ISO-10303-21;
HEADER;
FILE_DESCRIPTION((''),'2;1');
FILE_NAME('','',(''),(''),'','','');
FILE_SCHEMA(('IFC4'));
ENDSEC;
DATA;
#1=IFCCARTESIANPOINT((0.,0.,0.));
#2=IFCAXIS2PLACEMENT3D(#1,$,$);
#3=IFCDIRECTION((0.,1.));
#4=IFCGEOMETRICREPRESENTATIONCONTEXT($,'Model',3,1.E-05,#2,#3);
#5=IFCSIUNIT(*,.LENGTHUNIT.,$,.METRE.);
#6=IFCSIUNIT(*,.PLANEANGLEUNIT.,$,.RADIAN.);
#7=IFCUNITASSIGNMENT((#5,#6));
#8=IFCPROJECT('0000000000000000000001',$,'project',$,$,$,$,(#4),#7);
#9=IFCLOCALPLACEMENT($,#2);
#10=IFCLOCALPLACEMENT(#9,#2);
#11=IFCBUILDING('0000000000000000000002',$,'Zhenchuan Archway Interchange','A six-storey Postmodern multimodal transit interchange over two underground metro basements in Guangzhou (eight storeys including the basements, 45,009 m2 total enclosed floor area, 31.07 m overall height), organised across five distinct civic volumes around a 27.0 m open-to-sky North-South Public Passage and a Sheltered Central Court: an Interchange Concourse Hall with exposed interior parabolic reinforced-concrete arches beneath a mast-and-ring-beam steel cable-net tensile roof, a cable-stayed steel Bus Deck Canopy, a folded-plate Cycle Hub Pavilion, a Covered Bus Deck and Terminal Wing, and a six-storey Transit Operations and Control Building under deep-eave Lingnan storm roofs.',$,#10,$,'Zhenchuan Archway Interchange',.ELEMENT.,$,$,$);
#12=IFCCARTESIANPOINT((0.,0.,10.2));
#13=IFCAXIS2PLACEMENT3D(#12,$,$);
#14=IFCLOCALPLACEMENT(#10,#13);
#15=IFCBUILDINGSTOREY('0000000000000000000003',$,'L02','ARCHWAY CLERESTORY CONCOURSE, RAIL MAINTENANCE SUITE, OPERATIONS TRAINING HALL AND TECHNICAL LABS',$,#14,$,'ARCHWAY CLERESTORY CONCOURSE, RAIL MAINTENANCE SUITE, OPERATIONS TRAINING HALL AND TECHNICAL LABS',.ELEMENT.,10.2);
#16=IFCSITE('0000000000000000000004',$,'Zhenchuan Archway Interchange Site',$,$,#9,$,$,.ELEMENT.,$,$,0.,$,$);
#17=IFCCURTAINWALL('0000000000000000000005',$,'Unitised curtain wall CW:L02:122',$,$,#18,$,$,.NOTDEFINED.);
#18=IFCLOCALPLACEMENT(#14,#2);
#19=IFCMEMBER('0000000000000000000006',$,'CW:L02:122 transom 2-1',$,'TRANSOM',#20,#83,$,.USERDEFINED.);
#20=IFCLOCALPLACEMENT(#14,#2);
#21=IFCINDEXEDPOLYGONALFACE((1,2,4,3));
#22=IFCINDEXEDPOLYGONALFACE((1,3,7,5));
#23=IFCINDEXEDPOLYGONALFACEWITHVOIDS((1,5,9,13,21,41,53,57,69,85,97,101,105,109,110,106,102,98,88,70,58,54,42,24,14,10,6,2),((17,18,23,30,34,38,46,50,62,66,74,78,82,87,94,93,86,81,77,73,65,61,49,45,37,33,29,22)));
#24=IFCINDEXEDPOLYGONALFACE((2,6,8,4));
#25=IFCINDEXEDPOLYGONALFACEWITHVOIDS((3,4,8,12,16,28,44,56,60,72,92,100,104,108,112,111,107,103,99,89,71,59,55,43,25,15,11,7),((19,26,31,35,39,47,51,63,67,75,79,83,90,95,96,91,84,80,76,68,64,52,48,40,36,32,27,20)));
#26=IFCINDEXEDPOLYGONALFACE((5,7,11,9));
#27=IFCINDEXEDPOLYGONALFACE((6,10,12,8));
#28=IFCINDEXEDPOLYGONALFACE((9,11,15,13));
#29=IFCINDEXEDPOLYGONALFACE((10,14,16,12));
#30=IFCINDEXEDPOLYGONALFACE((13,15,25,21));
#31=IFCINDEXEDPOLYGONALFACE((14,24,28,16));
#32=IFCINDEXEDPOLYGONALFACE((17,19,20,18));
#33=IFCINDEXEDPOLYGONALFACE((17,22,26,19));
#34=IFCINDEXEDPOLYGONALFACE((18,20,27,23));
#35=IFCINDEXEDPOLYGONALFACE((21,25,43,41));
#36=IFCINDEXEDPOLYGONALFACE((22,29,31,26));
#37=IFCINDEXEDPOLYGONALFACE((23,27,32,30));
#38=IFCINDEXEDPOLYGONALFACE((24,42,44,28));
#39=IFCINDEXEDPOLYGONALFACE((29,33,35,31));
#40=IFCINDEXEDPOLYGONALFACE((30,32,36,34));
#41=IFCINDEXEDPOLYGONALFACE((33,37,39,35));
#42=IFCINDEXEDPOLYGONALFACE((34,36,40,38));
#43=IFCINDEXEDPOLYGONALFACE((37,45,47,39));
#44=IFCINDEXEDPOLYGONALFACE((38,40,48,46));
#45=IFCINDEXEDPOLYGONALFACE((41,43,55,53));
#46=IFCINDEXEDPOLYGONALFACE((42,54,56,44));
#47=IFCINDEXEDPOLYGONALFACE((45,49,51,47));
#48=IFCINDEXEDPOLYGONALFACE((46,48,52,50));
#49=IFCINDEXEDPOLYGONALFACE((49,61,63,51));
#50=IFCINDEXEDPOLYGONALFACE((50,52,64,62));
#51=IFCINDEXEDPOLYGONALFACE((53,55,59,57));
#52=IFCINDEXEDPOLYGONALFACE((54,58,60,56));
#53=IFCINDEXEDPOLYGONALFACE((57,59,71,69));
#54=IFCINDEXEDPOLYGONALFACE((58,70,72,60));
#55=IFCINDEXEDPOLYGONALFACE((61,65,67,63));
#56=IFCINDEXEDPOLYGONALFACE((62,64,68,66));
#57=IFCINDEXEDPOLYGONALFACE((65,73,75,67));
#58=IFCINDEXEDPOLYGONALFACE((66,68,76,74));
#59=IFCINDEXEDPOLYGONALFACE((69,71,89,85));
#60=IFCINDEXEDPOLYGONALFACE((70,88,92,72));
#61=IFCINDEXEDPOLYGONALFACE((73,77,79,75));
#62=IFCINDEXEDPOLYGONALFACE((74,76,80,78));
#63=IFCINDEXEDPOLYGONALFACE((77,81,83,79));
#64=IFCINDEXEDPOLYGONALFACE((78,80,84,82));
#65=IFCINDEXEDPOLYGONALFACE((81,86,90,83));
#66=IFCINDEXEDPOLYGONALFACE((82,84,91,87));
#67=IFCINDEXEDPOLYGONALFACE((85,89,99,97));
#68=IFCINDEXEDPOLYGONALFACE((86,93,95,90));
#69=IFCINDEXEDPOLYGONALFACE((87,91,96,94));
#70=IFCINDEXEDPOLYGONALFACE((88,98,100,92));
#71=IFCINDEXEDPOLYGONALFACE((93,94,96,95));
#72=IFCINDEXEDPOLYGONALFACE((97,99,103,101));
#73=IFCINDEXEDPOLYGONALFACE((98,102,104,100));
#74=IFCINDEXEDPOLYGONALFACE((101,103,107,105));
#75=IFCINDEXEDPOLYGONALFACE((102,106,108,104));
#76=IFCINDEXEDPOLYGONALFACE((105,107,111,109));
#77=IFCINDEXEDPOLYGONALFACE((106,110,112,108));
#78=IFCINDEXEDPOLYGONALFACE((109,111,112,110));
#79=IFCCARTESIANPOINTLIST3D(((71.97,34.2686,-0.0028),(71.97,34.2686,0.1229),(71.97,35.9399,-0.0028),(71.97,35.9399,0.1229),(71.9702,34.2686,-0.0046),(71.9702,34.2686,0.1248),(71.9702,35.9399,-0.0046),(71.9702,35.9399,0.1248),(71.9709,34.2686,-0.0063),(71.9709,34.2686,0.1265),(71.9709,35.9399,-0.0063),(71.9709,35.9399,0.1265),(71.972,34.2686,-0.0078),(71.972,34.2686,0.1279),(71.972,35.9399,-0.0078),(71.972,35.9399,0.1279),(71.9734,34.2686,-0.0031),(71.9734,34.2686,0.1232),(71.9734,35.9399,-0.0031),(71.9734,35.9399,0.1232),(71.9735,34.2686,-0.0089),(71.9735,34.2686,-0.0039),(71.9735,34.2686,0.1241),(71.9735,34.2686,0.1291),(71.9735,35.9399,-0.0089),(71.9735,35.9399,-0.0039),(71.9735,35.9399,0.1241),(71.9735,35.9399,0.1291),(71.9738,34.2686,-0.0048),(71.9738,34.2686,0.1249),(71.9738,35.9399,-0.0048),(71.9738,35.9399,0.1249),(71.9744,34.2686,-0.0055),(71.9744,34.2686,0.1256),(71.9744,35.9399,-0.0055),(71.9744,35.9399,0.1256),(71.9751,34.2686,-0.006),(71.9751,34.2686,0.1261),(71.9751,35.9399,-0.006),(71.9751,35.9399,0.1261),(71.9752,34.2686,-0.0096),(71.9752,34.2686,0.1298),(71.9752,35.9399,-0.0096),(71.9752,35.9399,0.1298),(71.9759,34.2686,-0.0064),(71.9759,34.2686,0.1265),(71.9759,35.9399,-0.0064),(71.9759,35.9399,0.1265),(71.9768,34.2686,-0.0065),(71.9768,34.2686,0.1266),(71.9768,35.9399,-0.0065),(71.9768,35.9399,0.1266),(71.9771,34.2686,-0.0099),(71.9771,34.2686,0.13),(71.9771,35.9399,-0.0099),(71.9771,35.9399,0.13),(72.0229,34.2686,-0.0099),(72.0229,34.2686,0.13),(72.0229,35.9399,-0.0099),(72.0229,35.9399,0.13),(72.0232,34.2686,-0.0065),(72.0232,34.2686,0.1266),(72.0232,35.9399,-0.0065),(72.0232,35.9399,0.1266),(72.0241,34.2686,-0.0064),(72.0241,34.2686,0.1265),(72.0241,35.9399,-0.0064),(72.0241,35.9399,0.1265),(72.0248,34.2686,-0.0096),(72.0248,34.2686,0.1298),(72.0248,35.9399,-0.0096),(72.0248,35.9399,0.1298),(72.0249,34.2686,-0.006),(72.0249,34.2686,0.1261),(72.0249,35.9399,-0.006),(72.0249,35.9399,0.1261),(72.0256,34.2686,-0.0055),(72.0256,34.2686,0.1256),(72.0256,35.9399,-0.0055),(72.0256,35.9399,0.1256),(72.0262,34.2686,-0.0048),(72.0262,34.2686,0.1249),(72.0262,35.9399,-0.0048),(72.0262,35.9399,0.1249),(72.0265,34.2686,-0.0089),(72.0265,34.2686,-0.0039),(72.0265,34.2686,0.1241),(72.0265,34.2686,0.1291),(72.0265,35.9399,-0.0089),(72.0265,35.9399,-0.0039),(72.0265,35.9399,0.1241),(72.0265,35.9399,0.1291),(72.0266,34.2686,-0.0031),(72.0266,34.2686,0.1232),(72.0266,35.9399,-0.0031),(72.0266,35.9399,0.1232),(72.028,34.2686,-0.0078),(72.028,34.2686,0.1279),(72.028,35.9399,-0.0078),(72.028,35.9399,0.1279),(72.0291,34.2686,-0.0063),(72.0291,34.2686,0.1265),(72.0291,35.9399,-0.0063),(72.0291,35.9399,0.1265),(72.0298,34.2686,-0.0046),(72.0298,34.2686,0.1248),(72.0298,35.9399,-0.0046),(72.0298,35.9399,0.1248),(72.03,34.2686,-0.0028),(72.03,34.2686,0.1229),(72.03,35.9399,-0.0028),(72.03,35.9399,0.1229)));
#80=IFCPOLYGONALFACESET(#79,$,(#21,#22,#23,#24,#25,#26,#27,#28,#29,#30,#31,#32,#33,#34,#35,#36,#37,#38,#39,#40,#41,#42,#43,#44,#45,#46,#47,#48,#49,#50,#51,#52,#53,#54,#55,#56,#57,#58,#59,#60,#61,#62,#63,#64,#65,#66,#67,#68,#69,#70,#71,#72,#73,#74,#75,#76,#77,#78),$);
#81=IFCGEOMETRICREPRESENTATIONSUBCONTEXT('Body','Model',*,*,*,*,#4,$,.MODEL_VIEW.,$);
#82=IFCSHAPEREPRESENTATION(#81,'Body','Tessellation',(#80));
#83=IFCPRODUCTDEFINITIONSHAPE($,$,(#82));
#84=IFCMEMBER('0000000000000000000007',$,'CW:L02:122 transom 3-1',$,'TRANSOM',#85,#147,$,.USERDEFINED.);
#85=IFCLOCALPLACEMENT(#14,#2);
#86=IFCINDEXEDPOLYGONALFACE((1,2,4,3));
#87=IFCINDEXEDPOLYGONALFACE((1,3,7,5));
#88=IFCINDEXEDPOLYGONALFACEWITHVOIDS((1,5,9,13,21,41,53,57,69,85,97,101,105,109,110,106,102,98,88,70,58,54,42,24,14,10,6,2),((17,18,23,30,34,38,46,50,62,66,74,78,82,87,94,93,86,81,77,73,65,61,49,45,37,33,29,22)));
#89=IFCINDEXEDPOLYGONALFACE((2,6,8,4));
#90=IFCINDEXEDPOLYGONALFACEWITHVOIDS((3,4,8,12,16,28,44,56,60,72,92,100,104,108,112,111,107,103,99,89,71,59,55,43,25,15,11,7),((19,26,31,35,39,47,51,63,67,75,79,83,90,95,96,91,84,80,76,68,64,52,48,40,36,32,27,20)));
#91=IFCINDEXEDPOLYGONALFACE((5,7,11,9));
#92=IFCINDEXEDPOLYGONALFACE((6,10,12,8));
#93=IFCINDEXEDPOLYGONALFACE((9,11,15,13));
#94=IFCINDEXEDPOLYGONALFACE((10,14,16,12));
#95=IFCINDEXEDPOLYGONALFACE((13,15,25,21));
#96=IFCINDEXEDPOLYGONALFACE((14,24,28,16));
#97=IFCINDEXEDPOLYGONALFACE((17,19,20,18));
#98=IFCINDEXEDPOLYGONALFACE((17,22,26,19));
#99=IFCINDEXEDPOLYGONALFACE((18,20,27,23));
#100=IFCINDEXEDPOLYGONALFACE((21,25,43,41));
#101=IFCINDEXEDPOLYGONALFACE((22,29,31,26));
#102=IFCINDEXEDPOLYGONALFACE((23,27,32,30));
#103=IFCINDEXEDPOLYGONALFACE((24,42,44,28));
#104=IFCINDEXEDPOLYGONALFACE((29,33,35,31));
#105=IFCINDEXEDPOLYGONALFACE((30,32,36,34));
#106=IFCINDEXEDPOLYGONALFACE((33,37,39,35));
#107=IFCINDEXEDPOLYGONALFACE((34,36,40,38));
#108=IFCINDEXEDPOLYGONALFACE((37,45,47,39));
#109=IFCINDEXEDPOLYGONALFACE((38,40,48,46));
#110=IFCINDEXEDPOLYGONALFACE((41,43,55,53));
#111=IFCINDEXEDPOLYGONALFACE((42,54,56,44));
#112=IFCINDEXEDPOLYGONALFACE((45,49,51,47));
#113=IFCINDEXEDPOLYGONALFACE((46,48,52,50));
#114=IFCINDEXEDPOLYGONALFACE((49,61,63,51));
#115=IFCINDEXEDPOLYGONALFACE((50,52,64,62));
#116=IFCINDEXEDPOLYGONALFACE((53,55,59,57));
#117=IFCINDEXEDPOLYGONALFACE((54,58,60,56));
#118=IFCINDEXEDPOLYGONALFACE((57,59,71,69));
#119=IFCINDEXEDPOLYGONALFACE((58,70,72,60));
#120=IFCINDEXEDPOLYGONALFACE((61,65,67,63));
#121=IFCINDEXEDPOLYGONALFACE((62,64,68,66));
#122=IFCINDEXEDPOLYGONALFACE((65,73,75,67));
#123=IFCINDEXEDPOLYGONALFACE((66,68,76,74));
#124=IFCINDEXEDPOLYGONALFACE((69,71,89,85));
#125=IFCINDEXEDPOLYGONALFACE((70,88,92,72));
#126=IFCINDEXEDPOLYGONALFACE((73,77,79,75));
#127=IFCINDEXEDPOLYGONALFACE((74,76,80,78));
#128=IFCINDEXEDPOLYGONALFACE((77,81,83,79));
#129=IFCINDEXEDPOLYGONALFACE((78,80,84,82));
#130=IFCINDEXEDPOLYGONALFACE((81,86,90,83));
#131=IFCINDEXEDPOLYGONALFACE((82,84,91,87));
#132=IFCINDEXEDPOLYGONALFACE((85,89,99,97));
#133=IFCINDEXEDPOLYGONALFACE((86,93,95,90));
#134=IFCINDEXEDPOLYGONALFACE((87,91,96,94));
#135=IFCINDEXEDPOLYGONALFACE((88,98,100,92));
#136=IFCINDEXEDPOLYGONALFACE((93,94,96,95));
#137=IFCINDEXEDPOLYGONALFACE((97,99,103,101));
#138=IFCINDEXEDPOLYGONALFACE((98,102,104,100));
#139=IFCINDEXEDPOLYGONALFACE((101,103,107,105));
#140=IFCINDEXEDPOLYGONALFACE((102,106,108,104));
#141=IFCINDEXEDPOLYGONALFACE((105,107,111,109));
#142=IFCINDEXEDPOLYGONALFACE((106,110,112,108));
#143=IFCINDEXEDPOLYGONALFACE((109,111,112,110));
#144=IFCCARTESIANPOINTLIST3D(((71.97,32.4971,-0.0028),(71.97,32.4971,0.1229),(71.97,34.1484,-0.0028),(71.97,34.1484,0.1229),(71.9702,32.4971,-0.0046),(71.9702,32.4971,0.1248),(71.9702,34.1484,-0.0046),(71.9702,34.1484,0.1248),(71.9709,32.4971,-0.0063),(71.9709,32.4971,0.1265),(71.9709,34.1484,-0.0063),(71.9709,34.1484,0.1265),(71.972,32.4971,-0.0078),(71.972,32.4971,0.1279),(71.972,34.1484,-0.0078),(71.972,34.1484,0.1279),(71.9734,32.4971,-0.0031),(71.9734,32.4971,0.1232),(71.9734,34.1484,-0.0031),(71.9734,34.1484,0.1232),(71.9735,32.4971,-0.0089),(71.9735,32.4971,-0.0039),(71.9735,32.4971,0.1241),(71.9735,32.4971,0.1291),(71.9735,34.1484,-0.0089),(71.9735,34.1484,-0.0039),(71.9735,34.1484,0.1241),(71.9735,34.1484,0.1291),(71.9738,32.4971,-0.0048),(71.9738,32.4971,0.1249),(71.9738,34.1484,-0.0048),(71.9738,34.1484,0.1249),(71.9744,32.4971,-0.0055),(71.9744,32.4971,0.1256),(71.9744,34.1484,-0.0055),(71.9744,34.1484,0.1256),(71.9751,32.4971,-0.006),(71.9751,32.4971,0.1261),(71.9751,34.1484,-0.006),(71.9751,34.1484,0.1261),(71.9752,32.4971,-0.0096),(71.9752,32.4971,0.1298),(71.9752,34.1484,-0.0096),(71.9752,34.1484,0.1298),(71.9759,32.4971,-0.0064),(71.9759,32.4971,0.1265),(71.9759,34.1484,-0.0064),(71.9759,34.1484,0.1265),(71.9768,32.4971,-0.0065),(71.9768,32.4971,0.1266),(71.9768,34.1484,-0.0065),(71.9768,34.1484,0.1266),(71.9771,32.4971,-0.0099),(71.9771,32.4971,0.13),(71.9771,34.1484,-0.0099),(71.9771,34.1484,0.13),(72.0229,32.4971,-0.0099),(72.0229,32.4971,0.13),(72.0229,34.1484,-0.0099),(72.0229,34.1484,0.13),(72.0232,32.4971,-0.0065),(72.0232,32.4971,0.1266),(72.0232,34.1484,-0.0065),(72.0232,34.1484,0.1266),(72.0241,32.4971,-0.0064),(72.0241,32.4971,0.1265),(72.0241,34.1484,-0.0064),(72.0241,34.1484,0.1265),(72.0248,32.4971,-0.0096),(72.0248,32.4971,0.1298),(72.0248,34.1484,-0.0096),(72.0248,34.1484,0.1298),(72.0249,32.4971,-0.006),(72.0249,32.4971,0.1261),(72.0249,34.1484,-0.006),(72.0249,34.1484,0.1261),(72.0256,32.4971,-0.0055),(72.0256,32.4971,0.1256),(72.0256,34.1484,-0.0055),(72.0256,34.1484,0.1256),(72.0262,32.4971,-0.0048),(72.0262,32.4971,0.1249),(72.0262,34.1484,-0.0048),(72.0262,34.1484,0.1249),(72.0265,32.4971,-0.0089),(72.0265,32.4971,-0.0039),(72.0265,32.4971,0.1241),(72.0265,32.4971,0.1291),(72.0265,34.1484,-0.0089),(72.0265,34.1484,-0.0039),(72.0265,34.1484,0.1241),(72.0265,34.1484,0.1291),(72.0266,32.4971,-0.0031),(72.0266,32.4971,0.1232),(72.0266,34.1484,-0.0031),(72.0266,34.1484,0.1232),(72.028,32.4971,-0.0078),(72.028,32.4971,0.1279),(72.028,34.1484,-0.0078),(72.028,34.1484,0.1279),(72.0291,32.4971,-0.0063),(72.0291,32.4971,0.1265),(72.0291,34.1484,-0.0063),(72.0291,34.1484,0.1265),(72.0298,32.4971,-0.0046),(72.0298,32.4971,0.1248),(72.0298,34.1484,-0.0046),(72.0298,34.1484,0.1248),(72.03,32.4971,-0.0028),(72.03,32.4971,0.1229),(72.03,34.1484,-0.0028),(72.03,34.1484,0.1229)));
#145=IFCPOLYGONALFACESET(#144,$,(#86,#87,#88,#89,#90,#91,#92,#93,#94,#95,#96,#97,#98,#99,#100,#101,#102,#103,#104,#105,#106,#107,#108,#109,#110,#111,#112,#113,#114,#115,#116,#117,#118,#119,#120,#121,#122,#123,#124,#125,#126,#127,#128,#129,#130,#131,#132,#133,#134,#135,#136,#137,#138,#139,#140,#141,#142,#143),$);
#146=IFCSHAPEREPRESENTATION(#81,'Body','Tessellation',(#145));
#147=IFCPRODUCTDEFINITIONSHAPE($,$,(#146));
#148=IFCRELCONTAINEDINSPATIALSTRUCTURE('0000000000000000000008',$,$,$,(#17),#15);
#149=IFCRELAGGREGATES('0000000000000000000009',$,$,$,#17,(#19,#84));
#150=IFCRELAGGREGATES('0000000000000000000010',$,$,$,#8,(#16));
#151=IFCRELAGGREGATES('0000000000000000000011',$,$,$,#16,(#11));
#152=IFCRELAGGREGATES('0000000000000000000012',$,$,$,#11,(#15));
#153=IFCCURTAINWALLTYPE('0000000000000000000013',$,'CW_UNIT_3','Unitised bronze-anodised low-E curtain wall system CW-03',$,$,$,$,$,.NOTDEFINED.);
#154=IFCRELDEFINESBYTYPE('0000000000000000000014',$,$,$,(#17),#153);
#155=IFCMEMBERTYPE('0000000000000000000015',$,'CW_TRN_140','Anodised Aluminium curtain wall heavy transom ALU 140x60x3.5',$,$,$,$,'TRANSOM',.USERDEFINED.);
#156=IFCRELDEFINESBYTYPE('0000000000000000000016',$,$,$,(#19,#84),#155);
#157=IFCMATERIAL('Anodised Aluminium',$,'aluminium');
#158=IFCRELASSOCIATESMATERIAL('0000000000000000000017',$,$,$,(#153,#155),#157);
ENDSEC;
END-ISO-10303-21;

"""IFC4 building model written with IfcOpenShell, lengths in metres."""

from ifc_helpers import new_model, si_unit, direction, frame, origin, origin_2d, place, context, subcontext, project, spatial, hollow_rectangle, extrude, material, material_profile, profile_set, type_object, element, aggregate, save


model = new_model("IFC4")

# Units and contexts
model_context = context("Model", 3, precision=1e-05, world=origin(), true_north=direction((0.0, 1.0)))
body_context = subcontext(model_context, "Body", "Model", "MODEL_VIEW")
ifc_project = project(units=[si_unit("LENGTHUNIT", "METRE"), si_unit("PLANEANGLEUNIT", "RADIAN")], contexts=[model_context])

# Site, building, storey
site_placement = place(None, origin())
site = spatial("IfcSite", under=ifc_project, at=site_placement, Name="Zhenchuan Archway Interchange Site", CompositionType="ELEMENT", RefElevation=0.0)
building_placement = place(site_placement, origin())
building = spatial("IfcBuilding", under=site, at=building_placement, Name="Zhenchuan Archway Interchange", Description="A six-storey Postmodern multimodal transit interchange over two underground metro basements in Guangzhou (eight storeys including the basements, 45,009 m2 total enclosed floor area, 31.07 m overall height), organised across five distinct civic volumes around a 27.0 m open-to-sky North-South Public Passage and a Sheltered Central Court: an Interchange Concourse Hall with exposed interior parabolic reinforced-concrete arches beneath a mast-and-ring-beam steel cable-net tensile roof, a cable-stayed steel Bus Deck Canopy, a folded-plate Cycle Hub Pavilion, a Covered Bus Deck and Terminal Wing, and a six-storey Transit Operations and Control Building under deep-eave Lingnan storm roofs.", LongName="Zhenchuan Archway Interchange", CompositionType="ELEMENT")
storey_placement = place(building_placement, frame((0.0, 0.0, 10.2)))
storey = spatial("IfcBuildingStorey", under=building, at=storey_placement, Name="L02", Description="ARCHWAY CLERESTORY CONCOURSE, RAIL MAINTENANCE SUITE, OPERATIONS TRAINING HALL AND TECHNICAL LABS", LongName="ARCHWAY CLERESTORY CONCOURSE, RAIL MAINTENANCE SUITE, OPERATIONS TRAINING HALL AND TECHNICAL LABS", CompositionType="ELEMENT", Elevation=10.2)

# Curtain wall, members
ifc_material_1 = material(Name="Anodised Aluminium", Category="aluminium")
curtain_wall_type = type_object("IfcCurtainWallType", Name="CW_UNIT_3", Description="Unitised bronze-anodised low-E curtain wall system CW-03", PredefinedType="NOTDEFINED", material=ifc_material_1)
curtain_wall_placement = place(storey_placement, origin())
curtain_wall = element("IfcCurtainWall", 1, at=curtain_wall_placement, inside=storey, type_object=curtain_wall_type, Name="Unitised curtain wall CW:L02:122", PredefinedType="NOTDEFINED")
ifc_material_profile_1 = material_profile(ifc_material_1, hollow_rectangle(XDim=0.0601, YDim=0.1399, WallThickness=0.0034, InnerFilletRadius=0.0034, OuterFilletRadius=0.0071, at=origin_2d()), Name="ALU 140x60x3.5")
ifc_profile_set_1 = profile_set([ifc_material_profile_1], Name="Anodised Aluminium")
member_type_1 = type_object("IfcMemberType", Name="CW_TRN_140", Description="Anodised Aluminium curtain wall heavy transom ALU 140x60x3.5", ElementType="TRANSOM", PredefinedType="USERDEFINED", material=ifc_profile_set_1)
member_1_placement = place(storey_placement, frame((72.0, 35.9399, 0.0601), z_axis=(0.0, -1.0, 0.0), x_axis=(1.0, 0.0, 0.0)))
member_1 = element("IfcMember", 2, at=member_1_placement, type_object=member_type_1, Name="CW:L02:122 transom 2-1", ObjectType="TRANSOM", PredefinedType="USERDEFINED", context=body_context, shape_type="SweptSolid", body=[
    extrude(hollow_rectangle(XDim=0.0601, YDim=0.1399, WallThickness=0.0034, InnerFilletRadius=0.0034, OuterFilletRadius=0.0071, at=origin_2d()), origin(), (0.0, 0.0, 1.0), 1.6714),
])
member_2_placement = place(storey_placement, frame((72.0, 34.1484, 0.0601), z_axis=(0.0, -1.0, 0.0), x_axis=(1.0, 0.0, 0.0)))
member_2 = element("IfcMember", 3, at=member_2_placement, type_object=member_type_1, Name="CW:L02:122 transom 3-1", ObjectType="TRANSOM", PredefinedType="USERDEFINED", context=body_context, shape_type="SweptSolid", body=[
    extrude(hollow_rectangle(XDim=0.0601, YDim=0.1399, WallThickness=0.0034, InnerFilletRadius=0.0034, OuterFilletRadius=0.0071, at=origin_2d()), origin(), (0.0, 0.0, 1.0), 1.6514),
])

aggregate(curtain_wall, [member_1, member_2])

save(model, "model.ifc")
